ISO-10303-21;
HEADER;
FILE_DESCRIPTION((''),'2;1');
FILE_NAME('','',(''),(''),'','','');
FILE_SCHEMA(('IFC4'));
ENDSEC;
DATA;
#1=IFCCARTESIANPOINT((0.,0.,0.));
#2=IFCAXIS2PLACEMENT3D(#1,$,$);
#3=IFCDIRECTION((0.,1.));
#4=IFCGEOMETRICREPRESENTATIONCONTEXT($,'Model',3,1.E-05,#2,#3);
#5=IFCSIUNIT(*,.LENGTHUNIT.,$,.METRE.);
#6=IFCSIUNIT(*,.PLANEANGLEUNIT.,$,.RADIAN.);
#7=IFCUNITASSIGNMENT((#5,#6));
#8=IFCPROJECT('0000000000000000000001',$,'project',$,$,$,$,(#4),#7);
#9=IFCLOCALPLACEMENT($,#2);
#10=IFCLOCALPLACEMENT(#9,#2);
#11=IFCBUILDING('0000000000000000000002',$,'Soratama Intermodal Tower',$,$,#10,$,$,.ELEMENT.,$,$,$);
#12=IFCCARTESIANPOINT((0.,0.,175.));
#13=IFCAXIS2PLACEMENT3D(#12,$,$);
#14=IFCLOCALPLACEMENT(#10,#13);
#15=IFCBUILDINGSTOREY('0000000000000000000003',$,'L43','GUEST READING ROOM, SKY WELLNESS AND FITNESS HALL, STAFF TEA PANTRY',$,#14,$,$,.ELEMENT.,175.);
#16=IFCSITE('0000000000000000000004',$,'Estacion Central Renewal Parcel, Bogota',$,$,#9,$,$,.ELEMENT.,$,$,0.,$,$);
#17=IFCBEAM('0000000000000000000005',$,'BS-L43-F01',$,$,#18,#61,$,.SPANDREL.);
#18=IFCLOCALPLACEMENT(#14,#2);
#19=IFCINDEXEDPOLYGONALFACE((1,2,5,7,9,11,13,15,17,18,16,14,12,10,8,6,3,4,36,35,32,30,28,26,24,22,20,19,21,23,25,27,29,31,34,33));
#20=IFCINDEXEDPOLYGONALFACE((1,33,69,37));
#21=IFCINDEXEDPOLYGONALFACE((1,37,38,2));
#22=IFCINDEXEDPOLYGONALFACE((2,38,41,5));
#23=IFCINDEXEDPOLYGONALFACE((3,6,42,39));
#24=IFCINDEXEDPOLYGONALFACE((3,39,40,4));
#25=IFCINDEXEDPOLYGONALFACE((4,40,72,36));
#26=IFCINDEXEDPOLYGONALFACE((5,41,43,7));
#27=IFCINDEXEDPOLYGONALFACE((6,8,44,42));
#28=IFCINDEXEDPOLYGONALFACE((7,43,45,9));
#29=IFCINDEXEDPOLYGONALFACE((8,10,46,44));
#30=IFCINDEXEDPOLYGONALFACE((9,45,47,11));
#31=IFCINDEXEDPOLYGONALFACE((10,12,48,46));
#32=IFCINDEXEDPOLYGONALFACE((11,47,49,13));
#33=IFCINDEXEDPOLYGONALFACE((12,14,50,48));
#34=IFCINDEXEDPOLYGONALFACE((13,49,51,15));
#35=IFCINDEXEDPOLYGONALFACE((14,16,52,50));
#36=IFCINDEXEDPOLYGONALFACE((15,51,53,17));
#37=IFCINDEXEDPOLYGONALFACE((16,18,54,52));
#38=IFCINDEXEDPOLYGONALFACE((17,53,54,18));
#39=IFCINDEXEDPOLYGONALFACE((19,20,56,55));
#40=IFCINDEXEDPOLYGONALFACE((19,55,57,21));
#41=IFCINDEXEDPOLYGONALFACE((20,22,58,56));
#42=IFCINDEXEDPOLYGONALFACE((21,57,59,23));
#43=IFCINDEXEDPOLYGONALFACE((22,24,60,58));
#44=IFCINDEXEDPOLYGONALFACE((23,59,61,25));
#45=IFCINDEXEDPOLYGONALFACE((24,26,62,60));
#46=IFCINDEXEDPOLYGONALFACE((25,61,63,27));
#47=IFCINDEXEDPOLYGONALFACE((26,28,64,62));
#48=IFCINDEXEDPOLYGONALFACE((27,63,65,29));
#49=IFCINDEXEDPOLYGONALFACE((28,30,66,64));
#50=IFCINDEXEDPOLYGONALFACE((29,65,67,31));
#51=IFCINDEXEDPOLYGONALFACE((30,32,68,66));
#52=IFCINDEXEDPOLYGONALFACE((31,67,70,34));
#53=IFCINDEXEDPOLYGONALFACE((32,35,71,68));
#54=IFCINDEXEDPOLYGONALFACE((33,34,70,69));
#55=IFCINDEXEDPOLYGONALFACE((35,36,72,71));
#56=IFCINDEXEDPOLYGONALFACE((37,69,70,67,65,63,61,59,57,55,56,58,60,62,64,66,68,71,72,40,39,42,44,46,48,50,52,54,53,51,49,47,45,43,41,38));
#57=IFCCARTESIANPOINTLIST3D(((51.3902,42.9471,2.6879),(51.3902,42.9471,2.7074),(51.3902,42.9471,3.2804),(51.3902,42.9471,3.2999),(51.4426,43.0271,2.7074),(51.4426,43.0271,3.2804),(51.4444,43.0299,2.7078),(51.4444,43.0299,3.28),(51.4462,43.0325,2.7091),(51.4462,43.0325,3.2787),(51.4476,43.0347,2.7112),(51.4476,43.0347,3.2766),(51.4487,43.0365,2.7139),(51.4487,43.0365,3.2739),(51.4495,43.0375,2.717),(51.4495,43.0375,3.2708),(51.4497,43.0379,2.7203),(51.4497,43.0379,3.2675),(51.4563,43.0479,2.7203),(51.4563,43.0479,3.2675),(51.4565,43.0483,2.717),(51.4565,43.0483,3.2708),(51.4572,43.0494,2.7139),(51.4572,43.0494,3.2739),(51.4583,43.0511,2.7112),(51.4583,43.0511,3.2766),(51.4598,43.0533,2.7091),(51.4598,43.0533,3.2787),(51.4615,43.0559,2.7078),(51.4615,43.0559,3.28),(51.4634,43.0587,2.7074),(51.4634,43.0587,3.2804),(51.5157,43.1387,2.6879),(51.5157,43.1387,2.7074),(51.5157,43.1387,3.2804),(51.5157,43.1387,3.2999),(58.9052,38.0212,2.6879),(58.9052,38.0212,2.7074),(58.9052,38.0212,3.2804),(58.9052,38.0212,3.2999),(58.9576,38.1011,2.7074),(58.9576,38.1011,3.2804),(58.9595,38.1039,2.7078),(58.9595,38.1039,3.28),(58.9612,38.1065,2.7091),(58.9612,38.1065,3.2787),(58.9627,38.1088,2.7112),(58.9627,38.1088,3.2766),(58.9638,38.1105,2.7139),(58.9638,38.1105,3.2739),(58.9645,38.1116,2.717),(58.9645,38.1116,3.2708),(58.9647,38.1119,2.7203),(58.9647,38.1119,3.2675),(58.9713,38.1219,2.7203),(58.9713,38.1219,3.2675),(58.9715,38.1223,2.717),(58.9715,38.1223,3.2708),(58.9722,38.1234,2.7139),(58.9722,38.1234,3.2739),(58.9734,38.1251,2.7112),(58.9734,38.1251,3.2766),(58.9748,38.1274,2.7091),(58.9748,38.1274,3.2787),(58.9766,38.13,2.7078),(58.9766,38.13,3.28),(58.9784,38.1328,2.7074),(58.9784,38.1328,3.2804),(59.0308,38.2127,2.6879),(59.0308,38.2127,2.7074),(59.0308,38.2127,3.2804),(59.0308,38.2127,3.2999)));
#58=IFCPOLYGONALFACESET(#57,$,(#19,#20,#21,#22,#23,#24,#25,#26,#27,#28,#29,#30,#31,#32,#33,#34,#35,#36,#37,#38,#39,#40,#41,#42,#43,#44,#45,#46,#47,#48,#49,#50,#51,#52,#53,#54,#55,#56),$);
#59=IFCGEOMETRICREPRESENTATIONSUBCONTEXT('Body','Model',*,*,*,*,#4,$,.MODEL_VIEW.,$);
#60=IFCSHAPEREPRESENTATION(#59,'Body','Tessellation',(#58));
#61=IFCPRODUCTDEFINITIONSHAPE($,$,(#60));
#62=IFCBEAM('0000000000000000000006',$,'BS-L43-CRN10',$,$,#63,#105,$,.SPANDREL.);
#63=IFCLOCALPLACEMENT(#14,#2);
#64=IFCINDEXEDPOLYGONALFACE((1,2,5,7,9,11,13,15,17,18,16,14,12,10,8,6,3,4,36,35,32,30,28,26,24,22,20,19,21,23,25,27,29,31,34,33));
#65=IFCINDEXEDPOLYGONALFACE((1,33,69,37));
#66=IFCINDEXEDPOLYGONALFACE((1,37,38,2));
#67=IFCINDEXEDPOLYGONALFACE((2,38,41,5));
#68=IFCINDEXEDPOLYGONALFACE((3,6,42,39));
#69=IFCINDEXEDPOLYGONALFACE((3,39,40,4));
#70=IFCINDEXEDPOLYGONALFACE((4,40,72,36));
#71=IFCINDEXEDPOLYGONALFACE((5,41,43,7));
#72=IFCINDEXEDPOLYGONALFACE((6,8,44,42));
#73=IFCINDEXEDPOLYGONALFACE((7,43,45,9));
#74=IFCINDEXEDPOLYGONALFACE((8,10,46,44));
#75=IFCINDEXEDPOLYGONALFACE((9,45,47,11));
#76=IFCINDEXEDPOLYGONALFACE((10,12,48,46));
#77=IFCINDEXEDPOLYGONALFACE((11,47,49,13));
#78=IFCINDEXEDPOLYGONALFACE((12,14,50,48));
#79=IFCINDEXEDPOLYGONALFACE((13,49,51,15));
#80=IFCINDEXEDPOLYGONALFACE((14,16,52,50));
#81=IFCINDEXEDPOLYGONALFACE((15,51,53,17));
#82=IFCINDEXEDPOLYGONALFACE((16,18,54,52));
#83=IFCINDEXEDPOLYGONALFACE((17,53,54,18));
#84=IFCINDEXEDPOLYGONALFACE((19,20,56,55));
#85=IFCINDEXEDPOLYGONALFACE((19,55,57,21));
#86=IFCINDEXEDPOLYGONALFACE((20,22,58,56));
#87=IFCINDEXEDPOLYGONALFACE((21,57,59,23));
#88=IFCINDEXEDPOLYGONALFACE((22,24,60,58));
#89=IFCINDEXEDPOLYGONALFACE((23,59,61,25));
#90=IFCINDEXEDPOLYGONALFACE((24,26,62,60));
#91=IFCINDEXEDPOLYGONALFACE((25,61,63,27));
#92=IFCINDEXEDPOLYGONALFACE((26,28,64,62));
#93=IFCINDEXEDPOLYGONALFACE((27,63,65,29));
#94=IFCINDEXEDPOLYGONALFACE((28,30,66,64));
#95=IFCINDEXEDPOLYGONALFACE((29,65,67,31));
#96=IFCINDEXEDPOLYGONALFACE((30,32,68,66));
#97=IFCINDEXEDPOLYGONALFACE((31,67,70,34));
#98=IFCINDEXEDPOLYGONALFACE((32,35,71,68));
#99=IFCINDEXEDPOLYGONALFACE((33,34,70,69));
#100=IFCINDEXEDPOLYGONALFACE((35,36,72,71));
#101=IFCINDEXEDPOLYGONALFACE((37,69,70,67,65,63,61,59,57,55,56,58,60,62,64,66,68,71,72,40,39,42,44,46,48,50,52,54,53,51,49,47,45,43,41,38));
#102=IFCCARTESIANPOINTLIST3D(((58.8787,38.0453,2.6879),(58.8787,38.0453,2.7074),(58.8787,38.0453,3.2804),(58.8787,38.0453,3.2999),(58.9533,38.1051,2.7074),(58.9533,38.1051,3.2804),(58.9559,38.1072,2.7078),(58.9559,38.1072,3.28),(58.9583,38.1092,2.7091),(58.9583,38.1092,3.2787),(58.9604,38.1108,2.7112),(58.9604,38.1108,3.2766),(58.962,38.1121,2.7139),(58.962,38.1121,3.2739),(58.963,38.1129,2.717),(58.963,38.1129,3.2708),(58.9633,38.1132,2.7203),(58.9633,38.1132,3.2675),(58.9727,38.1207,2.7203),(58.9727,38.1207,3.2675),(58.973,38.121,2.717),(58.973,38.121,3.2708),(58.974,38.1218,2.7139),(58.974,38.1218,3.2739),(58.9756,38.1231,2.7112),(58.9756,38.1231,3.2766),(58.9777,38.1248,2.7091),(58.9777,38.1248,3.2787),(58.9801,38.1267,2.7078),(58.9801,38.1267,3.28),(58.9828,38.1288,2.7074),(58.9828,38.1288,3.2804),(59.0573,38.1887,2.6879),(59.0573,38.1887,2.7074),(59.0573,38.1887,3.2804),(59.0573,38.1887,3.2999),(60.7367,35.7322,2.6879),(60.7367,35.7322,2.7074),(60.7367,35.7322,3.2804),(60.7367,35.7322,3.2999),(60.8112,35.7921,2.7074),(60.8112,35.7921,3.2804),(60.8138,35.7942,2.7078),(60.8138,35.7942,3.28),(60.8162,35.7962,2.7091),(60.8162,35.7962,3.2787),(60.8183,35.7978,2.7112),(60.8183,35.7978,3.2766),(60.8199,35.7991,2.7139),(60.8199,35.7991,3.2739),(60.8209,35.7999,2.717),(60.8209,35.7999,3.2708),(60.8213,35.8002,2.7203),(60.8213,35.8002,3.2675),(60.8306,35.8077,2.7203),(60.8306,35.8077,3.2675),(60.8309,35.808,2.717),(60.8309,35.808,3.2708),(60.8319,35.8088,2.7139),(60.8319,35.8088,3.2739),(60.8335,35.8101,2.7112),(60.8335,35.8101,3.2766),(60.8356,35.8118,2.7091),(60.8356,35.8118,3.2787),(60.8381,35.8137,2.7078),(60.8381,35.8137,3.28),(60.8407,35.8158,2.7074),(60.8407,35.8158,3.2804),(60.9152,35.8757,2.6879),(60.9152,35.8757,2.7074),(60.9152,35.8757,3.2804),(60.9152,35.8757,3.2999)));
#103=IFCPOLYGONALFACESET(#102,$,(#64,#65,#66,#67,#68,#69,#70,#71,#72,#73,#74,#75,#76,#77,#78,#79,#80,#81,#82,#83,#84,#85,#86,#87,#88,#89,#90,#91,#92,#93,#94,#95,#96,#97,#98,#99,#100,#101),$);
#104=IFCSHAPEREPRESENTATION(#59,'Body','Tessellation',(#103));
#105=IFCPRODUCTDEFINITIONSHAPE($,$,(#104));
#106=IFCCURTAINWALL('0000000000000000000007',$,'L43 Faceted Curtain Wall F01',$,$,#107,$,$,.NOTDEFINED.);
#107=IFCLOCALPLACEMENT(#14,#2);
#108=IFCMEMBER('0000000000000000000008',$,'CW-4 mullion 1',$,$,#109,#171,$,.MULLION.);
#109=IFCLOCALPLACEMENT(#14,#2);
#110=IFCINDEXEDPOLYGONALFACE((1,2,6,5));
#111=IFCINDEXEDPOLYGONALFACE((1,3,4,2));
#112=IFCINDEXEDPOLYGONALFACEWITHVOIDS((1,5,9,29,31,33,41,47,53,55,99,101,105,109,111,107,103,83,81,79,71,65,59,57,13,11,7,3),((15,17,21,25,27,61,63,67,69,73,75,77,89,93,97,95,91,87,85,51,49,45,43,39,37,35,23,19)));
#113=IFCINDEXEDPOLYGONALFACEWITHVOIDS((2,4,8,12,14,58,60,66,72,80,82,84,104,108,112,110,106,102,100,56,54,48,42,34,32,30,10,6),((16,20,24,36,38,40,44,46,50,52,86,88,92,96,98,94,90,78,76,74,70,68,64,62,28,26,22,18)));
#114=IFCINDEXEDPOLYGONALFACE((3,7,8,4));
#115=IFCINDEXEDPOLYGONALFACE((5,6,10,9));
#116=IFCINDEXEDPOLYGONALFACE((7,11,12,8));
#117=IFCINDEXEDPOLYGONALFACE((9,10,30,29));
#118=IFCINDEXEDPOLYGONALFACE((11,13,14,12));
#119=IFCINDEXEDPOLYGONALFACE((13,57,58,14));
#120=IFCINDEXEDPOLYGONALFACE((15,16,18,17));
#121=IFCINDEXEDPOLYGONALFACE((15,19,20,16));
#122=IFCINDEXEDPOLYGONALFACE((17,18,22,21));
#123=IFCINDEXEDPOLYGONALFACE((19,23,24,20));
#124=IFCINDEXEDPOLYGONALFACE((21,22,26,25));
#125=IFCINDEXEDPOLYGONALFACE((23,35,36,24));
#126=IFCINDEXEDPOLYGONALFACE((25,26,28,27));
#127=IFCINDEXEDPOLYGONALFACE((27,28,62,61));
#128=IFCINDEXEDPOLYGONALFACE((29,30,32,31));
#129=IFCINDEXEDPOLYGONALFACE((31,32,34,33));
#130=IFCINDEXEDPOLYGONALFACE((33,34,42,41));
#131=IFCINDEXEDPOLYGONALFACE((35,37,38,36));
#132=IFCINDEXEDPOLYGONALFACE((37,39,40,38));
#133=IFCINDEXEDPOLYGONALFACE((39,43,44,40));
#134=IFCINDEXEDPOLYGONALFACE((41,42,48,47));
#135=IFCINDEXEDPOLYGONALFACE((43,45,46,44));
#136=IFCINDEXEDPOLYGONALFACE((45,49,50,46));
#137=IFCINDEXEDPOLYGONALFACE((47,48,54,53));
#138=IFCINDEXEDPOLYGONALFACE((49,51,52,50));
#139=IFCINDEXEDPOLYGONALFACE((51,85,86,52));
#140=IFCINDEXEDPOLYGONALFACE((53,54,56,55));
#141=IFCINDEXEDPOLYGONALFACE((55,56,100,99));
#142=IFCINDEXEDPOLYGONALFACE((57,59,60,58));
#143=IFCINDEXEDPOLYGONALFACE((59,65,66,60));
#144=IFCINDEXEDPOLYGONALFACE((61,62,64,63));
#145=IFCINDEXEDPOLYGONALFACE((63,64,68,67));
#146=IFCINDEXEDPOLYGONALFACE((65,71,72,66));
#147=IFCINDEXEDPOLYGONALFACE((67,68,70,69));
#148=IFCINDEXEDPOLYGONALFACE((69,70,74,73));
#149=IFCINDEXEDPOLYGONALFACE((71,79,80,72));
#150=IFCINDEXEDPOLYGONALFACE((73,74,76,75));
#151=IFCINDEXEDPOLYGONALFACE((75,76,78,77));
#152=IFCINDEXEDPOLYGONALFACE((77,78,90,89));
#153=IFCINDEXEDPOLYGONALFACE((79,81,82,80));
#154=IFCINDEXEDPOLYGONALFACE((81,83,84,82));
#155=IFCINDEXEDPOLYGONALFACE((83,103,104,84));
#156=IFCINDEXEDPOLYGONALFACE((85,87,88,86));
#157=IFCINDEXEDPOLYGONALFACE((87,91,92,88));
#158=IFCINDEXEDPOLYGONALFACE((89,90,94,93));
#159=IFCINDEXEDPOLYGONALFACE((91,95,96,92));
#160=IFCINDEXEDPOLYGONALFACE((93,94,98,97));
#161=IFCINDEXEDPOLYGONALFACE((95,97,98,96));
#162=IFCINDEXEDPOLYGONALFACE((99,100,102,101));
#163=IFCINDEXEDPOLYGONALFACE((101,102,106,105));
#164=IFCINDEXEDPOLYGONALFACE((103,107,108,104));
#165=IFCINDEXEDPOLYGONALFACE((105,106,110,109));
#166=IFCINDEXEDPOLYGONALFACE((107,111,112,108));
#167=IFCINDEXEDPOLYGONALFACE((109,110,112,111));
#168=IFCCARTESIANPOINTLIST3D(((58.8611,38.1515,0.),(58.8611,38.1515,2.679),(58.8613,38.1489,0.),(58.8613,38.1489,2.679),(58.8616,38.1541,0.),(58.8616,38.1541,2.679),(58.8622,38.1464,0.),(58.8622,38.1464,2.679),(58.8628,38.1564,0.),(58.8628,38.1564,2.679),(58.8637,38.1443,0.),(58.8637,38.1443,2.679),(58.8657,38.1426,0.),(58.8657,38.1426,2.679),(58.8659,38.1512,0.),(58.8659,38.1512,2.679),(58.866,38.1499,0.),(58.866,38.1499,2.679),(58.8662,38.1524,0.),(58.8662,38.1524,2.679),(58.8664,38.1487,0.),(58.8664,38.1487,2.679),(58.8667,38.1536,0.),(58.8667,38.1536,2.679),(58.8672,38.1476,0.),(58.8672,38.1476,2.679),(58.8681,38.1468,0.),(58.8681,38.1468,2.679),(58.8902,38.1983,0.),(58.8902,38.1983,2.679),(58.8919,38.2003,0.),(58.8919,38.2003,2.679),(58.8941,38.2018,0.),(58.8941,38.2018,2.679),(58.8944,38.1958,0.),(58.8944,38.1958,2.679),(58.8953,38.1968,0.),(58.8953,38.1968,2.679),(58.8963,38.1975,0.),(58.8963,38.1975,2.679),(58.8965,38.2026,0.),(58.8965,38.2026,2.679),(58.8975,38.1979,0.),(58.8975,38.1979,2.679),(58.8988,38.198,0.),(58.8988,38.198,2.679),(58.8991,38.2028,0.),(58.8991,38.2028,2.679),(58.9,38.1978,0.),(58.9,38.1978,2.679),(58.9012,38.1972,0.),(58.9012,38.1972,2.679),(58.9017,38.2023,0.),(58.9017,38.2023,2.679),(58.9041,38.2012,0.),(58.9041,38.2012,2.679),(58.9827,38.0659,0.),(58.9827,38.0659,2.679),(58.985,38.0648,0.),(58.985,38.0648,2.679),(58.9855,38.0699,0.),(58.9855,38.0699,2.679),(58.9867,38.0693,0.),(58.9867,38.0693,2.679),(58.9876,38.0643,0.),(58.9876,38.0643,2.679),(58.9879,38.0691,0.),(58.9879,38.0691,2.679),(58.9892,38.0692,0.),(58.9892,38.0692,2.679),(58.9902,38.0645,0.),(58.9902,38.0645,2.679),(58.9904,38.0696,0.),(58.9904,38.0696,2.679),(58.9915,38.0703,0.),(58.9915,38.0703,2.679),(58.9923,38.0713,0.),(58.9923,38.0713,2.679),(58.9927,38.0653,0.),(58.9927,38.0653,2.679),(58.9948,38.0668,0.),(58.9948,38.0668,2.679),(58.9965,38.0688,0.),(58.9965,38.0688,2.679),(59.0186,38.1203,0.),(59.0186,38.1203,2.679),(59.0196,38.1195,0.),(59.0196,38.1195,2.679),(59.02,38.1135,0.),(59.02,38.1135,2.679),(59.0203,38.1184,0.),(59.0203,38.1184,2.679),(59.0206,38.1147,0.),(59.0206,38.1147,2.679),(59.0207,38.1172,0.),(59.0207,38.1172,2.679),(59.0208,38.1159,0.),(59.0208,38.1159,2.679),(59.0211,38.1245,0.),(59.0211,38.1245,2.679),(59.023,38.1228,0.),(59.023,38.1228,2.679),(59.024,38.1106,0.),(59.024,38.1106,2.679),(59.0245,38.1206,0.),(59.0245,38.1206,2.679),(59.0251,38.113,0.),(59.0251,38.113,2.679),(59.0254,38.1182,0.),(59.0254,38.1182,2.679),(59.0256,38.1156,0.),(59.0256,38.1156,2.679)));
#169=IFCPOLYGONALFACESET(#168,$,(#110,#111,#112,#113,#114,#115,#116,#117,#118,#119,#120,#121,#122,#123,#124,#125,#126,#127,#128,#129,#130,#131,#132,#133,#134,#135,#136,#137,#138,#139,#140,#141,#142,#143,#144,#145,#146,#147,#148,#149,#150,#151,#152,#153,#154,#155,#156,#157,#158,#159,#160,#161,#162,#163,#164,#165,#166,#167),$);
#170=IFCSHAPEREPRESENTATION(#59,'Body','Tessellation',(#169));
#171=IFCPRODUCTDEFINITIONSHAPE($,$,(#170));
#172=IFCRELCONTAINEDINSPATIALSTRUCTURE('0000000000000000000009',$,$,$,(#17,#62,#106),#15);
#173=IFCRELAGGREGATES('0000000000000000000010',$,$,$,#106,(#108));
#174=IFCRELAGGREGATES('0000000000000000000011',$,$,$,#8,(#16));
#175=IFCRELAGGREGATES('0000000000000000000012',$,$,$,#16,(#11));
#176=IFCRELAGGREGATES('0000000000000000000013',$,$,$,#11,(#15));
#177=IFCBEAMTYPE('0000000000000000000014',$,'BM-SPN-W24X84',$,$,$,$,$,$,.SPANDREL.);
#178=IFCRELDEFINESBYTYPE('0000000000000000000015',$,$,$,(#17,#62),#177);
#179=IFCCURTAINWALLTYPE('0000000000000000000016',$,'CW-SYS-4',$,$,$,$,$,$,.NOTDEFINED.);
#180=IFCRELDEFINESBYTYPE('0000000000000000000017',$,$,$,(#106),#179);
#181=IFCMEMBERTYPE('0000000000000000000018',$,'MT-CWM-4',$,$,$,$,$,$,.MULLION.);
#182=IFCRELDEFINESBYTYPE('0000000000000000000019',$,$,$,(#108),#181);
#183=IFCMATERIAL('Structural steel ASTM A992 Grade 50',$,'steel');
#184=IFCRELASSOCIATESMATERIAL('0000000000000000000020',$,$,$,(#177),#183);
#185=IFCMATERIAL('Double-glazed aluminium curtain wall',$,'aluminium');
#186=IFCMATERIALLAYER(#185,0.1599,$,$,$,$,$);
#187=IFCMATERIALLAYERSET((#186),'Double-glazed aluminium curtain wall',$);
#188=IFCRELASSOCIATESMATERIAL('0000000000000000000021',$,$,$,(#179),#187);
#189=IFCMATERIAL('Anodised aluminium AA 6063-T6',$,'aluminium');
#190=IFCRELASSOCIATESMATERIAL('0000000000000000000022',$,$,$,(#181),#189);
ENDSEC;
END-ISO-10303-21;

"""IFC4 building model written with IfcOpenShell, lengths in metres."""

from ifc_helpers import new_model, si_unit, direction, frame, origin, origin_2d, place, context, subcontext, project, spatial, hollow_rectangle, i_section, extrude, material, layer, layer_set, material_profile, profile_set, type_object, element, aggregate, save


model = new_model("IFC4")

# Units and contexts
model_context = context("Model", 3, precision=1e-05, world=origin(), true_north=direction((0.0, 1.0)))
body_context = subcontext(model_context, "Body", "Model", "MODEL_VIEW")
ifc_project = project(units=[si_unit("LENGTHUNIT", "METRE"), si_unit("PLANEANGLEUNIT", "RADIAN")], contexts=[model_context])

# Site, building, storey
site_placement = place(None, origin())
site = spatial("IfcSite", under=ifc_project, at=site_placement, Name="Estacion Central Renewal Parcel, Bogota", CompositionType="ELEMENT", RefElevation=0.0)
building_placement = place(site_placement, origin())
building = spatial("IfcBuilding", under=site, at=building_placement, Name="Soratama Intermodal Tower", CompositionType="ELEMENT")
storey_placement = place(building_placement, frame((0.0, 0.0, 175.0)))
storey = spatial("IfcBuildingStorey", under=building, at=storey_placement, Name="L43", Description="GUEST READING ROOM, SKY WELLNESS AND FITNESS HALL, STAFF TEA PANTRY", CompositionType="ELEMENT", Elevation=175.0)

# Beams
ifc_material_1 = material(Name="Structural steel ASTM A992 Grade 50", Category="steel")
ifc_material_profile_1 = material_profile(ifc_material_1, i_section(OverallWidth=0.229, OverallDepth=0.6121, WebThickness=0.012, FlangeThickness=0.0195, FilletRadius=0.0129, at=origin_2d()), Name="W24X84")
ifc_profile_set_1 = profile_set([ifc_material_profile_1], Name="Structural steel ASTM A992 Grade 50")
beam_type = type_object("IfcBeamType", Name="BM-SPN-W24X84", PredefinedType="SPANDREL", material=ifc_profile_set_1)
beam_1_placement = place(storey_placement, frame((58.968, 38.1169, 2.9939), z_axis=(-0.836343, 0.548207, 0.0), x_axis=(-0.548207, -0.836343, 0.0)))
element("IfcBeam", 1, at=beam_1_placement, inside=storey, type_object=beam_type, Name="BS-L43-F01", PredefinedType="SPANDREL", context=body_context, shape_type="SweptSolid", body=[
    extrude(i_section(OverallWidth=0.229, OverallDepth=0.6121, WebThickness=0.012, FlangeThickness=0.0195, FilletRadius=0.0129, at=origin_2d()), origin(), (0.0, 0.0, 1.0), 8.9856),
])
beam_2_placement = place(storey_placement, frame((60.8259, 35.804, 2.9939), z_axis=(-0.626239, 0.779631, 0.0), x_axis=(-0.779631, -0.626239, 0.0)))
element("IfcBeam", 2, at=beam_2_placement, inside=storey, type_object=beam_type, Name="BS-L43-CRN10", PredefinedType="SPANDREL", context=body_context, shape_type="SweptSolid", body=[
    extrude(i_section(OverallWidth=0.229, OverallDepth=0.6121, WebThickness=0.012, FlangeThickness=0.0195, FilletRadius=0.0129, at=origin_2d()), origin(), (0.0, 0.0, 1.0), 2.9668),
])

# Curtain wall, member
ifc_material_2 = material(Name="Double-glazed aluminium curtain wall", Category="aluminium")
ifc_layer_1 = layer(ifc_material_2, 0.1599)
ifc_layer_set_1 = layer_set([ifc_layer_1], Name="Double-glazed aluminium curtain wall")
curtain_wall_type = type_object("IfcCurtainWallType", Name="CW-SYS-4", PredefinedType="NOTDEFINED", material=ifc_layer_set_1)
curtain_wall_1_placement = place(storey_placement, origin())
curtain_wall_1 = element("IfcCurtainWall", 3, at=curtain_wall_1_placement, inside=storey, type_object=curtain_wall_type, Name="L43 Faceted Curtain Wall F01", PredefinedType="NOTDEFINED")
ifc_material_3 = material(Name="Anodised aluminium AA 6063-T6", Category="aluminium")
ifc_material_profile_2 = material_profile(ifc_material_3, hollow_rectangle(XDim=0.0701, YDim=0.1599, WallThickness=0.0049, InnerFilletRadius=0.0049, OuterFilletRadius=0.01, at=origin_2d()), Name="CWM160X70X5")
ifc_profile_set_2 = profile_set([ifc_material_profile_2], Name="Anodised aluminium AA 6063-T6")
member_type_1 = type_object("IfcMemberType", Name="MT-CWM-4", PredefinedType="MULLION", material=ifc_profile_set_2)
member_1_placement = place(storey_placement, frame((58.9434, 38.1335, 0.0), z_axis=(0.0, 0.0, 1.0), x_axis=(-0.548142, -0.836385, 0.0)))
member_1 = element("IfcMember", 4, at=member_1_placement, type_object=member_type_1, Name="CW-4 mullion 1", PredefinedType="MULLION", context=body_context, shape_type="SweptSolid", body=[
    extrude(hollow_rectangle(XDim=0.0701, YDim=0.1599, WallThickness=0.0049, InnerFilletRadius=0.0049, OuterFilletRadius=0.01, at=origin_2d()), origin(), (0.0, 0.0, 1.0), 2.679),
])

aggregate(curtain_wall_1, [member_1])

save(model, "model.ifc")
